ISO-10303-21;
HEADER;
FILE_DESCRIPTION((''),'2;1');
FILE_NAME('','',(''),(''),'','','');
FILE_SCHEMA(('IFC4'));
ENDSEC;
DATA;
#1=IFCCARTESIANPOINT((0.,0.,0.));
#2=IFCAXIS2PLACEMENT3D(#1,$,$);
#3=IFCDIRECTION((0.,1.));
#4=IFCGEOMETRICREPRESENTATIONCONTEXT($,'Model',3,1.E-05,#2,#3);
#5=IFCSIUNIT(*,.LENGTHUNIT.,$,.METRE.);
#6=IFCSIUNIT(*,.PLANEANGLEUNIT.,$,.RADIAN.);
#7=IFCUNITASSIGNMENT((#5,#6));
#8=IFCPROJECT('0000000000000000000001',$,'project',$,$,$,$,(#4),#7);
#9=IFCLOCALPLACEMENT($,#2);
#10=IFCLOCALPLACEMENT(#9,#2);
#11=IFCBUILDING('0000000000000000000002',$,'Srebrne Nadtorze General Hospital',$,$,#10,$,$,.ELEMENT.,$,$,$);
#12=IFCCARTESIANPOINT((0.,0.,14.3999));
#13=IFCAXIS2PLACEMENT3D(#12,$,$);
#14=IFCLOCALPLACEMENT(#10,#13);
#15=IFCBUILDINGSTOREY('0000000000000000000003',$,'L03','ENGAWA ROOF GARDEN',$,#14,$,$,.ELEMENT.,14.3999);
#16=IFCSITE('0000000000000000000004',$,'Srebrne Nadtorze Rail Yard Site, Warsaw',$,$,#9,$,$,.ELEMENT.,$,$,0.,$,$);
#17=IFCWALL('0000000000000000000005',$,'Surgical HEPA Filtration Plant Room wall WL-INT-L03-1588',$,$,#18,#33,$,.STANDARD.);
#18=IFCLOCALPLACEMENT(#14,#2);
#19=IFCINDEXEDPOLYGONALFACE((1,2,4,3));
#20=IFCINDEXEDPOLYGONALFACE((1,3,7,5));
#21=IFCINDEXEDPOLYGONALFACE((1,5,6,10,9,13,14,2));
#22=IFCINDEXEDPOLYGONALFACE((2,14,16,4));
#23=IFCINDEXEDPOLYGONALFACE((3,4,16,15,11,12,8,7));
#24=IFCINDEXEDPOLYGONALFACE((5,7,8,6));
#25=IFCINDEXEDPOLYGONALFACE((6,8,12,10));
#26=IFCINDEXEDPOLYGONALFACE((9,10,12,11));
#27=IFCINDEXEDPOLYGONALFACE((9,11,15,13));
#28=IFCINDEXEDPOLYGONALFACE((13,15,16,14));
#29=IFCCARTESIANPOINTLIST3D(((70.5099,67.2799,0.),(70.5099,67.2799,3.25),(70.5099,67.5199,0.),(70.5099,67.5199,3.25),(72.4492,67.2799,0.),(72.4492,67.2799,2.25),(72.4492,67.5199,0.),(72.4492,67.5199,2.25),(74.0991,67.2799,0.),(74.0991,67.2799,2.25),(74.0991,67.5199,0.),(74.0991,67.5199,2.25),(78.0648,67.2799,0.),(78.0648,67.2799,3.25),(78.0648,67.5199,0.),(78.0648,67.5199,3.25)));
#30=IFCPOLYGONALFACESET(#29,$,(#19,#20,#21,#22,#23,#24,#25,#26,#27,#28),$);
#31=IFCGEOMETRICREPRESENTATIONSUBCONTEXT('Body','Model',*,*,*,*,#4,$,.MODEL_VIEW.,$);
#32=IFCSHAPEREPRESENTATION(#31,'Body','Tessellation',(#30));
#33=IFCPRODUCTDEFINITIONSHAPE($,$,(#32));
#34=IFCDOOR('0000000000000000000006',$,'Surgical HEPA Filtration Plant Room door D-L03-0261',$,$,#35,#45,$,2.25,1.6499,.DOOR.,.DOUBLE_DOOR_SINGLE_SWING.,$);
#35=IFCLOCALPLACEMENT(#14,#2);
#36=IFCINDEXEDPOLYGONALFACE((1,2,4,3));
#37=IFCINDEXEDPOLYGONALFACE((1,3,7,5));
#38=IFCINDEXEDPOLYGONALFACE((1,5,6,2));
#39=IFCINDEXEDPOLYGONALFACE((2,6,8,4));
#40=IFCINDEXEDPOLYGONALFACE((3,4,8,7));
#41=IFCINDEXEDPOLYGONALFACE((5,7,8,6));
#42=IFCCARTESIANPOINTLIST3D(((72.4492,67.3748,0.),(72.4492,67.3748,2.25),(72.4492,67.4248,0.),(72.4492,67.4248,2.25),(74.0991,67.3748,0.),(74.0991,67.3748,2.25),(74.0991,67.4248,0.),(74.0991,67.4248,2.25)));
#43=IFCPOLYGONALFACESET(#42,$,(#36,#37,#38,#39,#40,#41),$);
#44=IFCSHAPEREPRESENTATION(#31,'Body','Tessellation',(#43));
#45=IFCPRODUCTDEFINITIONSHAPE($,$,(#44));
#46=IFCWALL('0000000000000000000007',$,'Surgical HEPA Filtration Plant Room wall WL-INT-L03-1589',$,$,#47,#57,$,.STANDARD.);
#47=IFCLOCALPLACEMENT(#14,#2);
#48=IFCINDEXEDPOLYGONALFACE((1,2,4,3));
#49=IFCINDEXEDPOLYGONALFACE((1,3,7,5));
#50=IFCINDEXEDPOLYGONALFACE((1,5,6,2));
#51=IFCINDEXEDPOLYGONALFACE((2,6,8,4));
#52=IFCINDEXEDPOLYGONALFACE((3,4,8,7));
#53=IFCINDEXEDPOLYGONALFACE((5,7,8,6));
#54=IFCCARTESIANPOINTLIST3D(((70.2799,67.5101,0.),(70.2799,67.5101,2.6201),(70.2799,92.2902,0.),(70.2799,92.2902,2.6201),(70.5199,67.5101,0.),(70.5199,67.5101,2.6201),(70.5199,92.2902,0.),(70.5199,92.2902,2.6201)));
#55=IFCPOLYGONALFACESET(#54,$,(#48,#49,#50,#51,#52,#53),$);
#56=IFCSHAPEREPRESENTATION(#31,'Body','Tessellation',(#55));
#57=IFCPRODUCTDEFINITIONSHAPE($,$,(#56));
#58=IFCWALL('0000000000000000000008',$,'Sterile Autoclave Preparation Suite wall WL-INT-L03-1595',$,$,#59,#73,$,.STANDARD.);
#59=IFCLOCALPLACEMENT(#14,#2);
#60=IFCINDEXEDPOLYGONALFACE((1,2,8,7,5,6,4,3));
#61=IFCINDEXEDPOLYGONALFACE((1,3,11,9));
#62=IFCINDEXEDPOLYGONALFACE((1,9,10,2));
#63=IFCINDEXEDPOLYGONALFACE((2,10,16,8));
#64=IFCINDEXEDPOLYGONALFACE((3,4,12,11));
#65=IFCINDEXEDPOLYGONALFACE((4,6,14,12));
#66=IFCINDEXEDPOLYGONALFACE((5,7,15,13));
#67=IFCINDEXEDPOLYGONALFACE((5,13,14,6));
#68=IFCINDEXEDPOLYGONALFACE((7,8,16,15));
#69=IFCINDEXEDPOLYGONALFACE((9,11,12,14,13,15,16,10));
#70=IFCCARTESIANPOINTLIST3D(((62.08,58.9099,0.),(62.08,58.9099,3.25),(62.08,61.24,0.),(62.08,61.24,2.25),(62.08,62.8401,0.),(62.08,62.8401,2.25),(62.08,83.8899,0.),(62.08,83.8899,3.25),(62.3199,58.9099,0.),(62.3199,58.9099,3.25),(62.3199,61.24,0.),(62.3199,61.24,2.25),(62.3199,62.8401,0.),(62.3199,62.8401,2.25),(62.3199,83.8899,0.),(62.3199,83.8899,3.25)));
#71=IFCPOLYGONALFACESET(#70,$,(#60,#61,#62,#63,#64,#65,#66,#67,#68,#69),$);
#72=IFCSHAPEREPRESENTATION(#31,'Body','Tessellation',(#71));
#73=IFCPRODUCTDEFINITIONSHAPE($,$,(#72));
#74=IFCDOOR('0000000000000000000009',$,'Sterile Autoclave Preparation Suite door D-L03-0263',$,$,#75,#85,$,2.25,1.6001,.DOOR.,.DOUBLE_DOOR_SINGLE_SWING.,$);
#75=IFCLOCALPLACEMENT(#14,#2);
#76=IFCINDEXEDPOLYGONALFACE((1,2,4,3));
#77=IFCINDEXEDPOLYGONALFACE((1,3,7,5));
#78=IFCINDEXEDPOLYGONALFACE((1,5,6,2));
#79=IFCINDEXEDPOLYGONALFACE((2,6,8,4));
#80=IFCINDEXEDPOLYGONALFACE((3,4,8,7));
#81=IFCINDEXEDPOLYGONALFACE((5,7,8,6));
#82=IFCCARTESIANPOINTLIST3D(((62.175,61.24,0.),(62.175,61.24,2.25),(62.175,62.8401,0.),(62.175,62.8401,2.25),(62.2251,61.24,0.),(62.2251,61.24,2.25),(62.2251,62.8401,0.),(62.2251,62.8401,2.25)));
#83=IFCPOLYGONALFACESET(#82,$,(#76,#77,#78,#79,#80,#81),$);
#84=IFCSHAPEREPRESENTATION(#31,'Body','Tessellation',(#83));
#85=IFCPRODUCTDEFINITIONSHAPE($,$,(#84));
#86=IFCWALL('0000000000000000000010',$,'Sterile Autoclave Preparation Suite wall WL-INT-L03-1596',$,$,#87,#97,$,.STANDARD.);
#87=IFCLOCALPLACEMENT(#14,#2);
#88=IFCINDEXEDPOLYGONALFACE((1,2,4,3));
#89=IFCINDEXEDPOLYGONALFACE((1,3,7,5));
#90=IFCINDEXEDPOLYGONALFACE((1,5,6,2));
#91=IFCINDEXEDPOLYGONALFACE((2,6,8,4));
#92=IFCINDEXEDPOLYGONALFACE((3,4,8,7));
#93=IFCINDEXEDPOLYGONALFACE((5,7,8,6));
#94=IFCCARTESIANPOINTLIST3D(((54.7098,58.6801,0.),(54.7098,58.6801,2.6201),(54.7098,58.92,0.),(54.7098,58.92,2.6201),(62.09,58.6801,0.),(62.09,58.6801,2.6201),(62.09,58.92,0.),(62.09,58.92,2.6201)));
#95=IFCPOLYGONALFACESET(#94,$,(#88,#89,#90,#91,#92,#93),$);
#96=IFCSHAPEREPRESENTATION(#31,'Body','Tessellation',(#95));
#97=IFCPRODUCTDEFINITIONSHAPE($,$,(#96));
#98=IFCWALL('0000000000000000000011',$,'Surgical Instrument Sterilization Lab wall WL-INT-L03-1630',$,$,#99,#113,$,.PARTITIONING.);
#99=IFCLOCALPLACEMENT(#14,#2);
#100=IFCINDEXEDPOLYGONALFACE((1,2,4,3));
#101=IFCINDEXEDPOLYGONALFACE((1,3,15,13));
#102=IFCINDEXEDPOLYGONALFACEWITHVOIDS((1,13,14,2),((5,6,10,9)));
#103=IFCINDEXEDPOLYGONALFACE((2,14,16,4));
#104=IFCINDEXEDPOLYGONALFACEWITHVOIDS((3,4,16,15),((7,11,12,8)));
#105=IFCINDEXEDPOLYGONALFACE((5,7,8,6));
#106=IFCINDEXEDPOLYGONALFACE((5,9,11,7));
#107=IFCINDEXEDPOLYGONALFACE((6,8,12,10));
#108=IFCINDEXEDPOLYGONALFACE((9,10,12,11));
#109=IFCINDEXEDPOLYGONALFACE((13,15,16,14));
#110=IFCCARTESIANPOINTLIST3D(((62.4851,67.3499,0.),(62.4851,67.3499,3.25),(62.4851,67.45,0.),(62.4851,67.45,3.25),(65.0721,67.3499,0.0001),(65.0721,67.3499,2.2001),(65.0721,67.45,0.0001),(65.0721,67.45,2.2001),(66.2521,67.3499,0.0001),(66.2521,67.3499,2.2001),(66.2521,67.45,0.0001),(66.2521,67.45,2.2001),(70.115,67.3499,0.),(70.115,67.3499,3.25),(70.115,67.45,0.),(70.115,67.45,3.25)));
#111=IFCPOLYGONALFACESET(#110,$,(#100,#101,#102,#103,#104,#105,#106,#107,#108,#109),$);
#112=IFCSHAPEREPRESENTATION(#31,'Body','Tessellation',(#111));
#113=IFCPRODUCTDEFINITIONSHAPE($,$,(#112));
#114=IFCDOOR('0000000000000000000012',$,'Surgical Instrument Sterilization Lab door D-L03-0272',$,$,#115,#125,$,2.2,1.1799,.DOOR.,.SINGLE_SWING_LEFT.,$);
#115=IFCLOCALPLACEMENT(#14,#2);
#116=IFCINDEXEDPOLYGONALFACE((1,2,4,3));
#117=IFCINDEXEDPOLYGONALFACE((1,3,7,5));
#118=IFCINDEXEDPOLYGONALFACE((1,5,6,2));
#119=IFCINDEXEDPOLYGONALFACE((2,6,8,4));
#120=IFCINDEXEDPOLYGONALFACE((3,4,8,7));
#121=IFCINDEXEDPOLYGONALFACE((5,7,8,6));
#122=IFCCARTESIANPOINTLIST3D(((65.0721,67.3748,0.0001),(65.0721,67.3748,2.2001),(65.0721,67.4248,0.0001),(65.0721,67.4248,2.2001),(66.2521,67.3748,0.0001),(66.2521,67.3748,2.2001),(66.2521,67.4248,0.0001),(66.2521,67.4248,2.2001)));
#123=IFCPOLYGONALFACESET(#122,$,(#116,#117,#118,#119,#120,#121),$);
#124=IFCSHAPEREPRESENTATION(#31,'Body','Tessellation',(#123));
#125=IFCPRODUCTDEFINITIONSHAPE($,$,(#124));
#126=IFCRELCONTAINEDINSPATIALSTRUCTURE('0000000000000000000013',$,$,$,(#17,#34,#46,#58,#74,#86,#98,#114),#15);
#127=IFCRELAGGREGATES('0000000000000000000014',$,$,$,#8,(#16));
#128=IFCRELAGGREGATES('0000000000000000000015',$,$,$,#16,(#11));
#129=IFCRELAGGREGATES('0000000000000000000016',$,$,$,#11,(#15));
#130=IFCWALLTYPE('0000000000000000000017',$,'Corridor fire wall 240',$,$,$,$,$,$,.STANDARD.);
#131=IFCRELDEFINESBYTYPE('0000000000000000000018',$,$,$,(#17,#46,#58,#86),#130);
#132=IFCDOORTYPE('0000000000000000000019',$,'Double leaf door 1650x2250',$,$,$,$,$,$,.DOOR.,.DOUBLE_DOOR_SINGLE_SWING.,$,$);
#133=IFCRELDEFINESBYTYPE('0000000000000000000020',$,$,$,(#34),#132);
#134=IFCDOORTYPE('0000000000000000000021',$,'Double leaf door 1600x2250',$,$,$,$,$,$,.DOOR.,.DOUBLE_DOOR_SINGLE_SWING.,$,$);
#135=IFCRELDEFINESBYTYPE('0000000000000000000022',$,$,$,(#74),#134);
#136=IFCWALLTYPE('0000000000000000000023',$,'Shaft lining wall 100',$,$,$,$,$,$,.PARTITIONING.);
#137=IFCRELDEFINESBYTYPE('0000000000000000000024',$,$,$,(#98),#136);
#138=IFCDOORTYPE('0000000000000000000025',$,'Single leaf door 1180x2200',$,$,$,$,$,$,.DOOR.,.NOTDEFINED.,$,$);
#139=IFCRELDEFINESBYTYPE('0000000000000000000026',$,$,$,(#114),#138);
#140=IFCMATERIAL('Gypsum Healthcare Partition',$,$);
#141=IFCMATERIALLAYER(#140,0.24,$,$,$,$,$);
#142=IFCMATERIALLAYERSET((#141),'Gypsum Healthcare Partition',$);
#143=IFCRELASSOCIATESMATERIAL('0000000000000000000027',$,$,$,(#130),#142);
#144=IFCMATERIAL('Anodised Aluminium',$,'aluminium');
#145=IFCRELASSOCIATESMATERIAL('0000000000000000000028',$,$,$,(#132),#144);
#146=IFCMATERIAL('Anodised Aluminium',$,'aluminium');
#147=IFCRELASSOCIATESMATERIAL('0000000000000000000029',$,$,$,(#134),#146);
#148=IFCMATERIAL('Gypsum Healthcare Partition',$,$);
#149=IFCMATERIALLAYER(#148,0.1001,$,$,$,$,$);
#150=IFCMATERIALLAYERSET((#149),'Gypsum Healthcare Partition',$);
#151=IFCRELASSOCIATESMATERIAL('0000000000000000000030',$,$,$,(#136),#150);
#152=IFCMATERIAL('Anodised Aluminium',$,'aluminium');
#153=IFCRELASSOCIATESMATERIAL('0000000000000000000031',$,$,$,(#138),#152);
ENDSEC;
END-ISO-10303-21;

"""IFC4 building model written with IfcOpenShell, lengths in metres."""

from ifc_helpers import new_model, si_unit, direction, frame, frame_2d, origin, place, context, subcontext, project, spatial, rectangle, extrude, material, layer, layer_set, type_object, element, fill, save


model = new_model("IFC4")

# Units and contexts
model_context = context("Model", 3, precision=1e-05, world=origin(), true_north=direction((0.0, 1.0)))
body_context = subcontext(model_context, "Body", "Model", "MODEL_VIEW")
ifc_project = project(units=[si_unit("LENGTHUNIT", "METRE"), si_unit("PLANEANGLEUNIT", "RADIAN")], contexts=[model_context])

# Site, building, storey
site_placement = place(None, origin())
site = spatial("IfcSite", under=ifc_project, at=site_placement, Name="Srebrne Nadtorze Rail Yard Site, Warsaw", CompositionType="ELEMENT", RefElevation=0.0)
building_placement = place(site_placement, origin())
building = spatial("IfcBuilding", under=site, at=building_placement, Name="Srebrne Nadtorze General Hospital", CompositionType="ELEMENT")
storey_placement = place(building_placement, frame((0.0, 0.0, 14.3999)))
storey = spatial("IfcBuildingStorey", under=building, at=storey_placement, Name="L03", Description="ENGAWA ROOF GARDEN", CompositionType="ELEMENT", Elevation=14.3999)

# Wall, opening, door
ifc_material_1 = material(Name="Gypsum Healthcare Partition")
ifc_layer_1 = layer(ifc_material_1, 0.24)
ifc_layer_set_1 = layer_set([ifc_layer_1], Name="Gypsum Healthcare Partition")
wall_type_1 = type_object("IfcWallType", Name="Corridor fire wall 240", PredefinedType="STANDARD", material=ifc_layer_set_1)
wall_1_placement = place(storey_placement, frame((70.51, 67.3999, 0.0), z_axis=(0.0, 0.0, 1.0), x_axis=(1.0, 0.0, 0.0)))
wall_1 = element("IfcWall", 1, at=wall_1_placement, inside=storey, type_object=wall_type_1, Name="Surgical HEPA Filtration Plant Room wall WL-INT-L03-1588", PredefinedType="STANDARD", context=body_context, shape_type="SweptSolid", body=[
    extrude(rectangle(XDim=7.5549, YDim=0.24, at=frame_2d((3.7773, 0.0))), origin(), (0.0, 0.0, 1.0), 3.25),
])
opening_1_placement = place(wall_1_placement, frame((1.9392, 0.0, 0.0)))
opening_1 = element("IfcOpeningElement", 2, at=opening_1_placement, cuts=wall_1, PredefinedType="OPENING", context=body_context, shape_type="SweptSolid", body=[
    extrude(rectangle(XDim=1.6499, YDim=2.25, at=frame_2d((0.825, 1.125))), frame((0.0, 0.1318, 0.0), z_axis=(0.0, -1.0, 0.0), x_axis=(1.0, 0.0, 0.0)), (0.0, 0.0, 1.0), 0.2639),
])
ifc_material_2 = material(Name="Anodised Aluminium", Category="aluminium")
door_type_1 = type_object("IfcDoorType", Name="Double leaf door 1650x2250", OperationType="DOUBLE_DOOR_SINGLE_SWING", PredefinedType="DOOR", material=ifc_material_2)
door_1_placement = place(opening_1_placement, origin())
door_1 = element("IfcDoor", 3, at=door_1_placement, inside=storey, type_object=door_type_1, Name="Surgical HEPA Filtration Plant Room door D-L03-0261", OperationType="DOUBLE_DOOR_SINGLE_SWING", OverallHeight=2.25, OverallWidth=1.6499, PredefinedType="DOOR", context=body_context, shape_type="SweptSolid", body=[
    extrude(rectangle(XDim=1.6499, YDim=2.25, at=frame_2d((0.825, 1.125))), frame((0.0, 0.0249, 0.0), z_axis=(0.0, -1.0, 0.0), x_axis=(1.0, 0.0, 0.0)), (0.0, 0.0, 1.0), 0.05),
])
fill(opening_1, door_1)

# Wall
wall_2_placement = place(storey_placement, frame((70.3999, 67.51, 0.0), z_axis=(0.0, 0.0, 1.0), x_axis=(0.0, 1.0, 0.0)))
element("IfcWall", 4, at=wall_2_placement, inside=storey, type_object=wall_type_1, Name="Surgical HEPA Filtration Plant Room wall WL-INT-L03-1589", PredefinedType="STANDARD", context=body_context, shape_type="SweptSolid", body=[
    extrude(rectangle(XDim=24.78, YDim=0.24, at=frame_2d((12.3901, 0.0))), origin(), (0.0, 0.0, 1.0), 2.6201),
])

# Wall, opening, door
wall_3_placement = place(storey_placement, frame((62.2, 58.9099, 0.0), z_axis=(0.0, 0.0, 1.0), x_axis=(0.0, 1.0, 0.0)))
wall_3 = element("IfcWall", 5, at=wall_3_placement, inside=storey, type_object=wall_type_1, Name="Sterile Autoclave Preparation Suite wall WL-INT-L03-1595", PredefinedType="STANDARD", context=body_context, shape_type="SweptSolid", body=[
    extrude(rectangle(XDim=24.98, YDim=0.24, at=frame_2d((12.49, 0.0))), origin(), (0.0, 0.0, 1.0), 3.25),
])
opening_2_placement = place(wall_3_placement, frame((2.3301, 0.0, 0.0)))
opening_2 = element("IfcOpeningElement", 6, at=opening_2_placement, cuts=wall_3, PredefinedType="OPENING", context=body_context, shape_type="SweptSolid", body=[
    extrude(rectangle(XDim=1.6001, YDim=2.25, at=frame_2d((0.8, 1.125))), frame((0.0, 0.1318, 0.0), z_axis=(0.0, -1.0, 0.0), x_axis=(1.0, 0.0, 0.0)), (0.0, 0.0, 1.0), 0.2639),
])
ifc_material_3 = material(Name="Anodised Aluminium", Category="aluminium")
door_type_2 = type_object("IfcDoorType", Name="Double leaf door 1600x2250", OperationType="DOUBLE_DOOR_SINGLE_SWING", PredefinedType="DOOR", material=ifc_material_3)
door_2_placement = place(opening_2_placement, origin())
door_2 = element("IfcDoor", 7, at=door_2_placement, inside=storey, type_object=door_type_2, Name="Sterile Autoclave Preparation Suite door D-L03-0263", OperationType="DOUBLE_DOOR_SINGLE_SWING", OverallHeight=2.25, OverallWidth=1.6001, PredefinedType="DOOR", context=body_context, shape_type="SweptSolid", body=[
    extrude(rectangle(XDim=1.6001, YDim=2.25, at=frame_2d((0.8, 1.125))), frame((0.0, 0.0249, 0.0), z_axis=(0.0, -1.0, 0.0), x_axis=(1.0, 0.0, 0.0)), (0.0, 0.0, 1.0), 0.05),
])
fill(opening_2, door_2)

# Wall
wall_4_placement = place(storey_placement, frame((54.71, 58.8, 0.0), z_axis=(0.0, 0.0, 1.0), x_axis=(1.0, 0.0, 0.0)))
element("IfcWall", 8, at=wall_4_placement, inside=storey, type_object=wall_type_1, Name="Sterile Autoclave Preparation Suite wall WL-INT-L03-1596", PredefinedType="STANDARD", context=body_context, shape_type="SweptSolid", body=[
    extrude(rectangle(XDim=7.3801, YDim=0.24, at=frame_2d((3.6899, 0.0))), origin(), (0.0, 0.0, 1.0), 2.6201),
])

# Wall, opening, door
ifc_material_4 = material(Name="Gypsum Healthcare Partition")
ifc_layer_2 = layer(ifc_material_4, 0.1001)
ifc_layer_set_2 = layer_set([ifc_layer_2], Name="Gypsum Healthcare Partition")
wall_type_2 = type_object("IfcWallType", Name="Shaft lining wall 100", PredefinedType="PARTITIONING", material=ifc_layer_set_2)
wall_5_placement = place(storey_placement, frame((62.4851, 67.3999, 0.0), z_axis=(0.0, 0.0, 1.0), x_axis=(1.0, 0.0, 0.0)))
wall_5 = element("IfcWall", 9, at=wall_5_placement, inside=storey, type_object=wall_type_2, Name="Surgical Instrument Sterilization Lab wall WL-INT-L03-1630", PredefinedType="PARTITIONING", context=body_context, shape_type="SweptSolid", body=[
    extrude(rectangle(XDim=7.6299, YDim=0.1001, at=frame_2d((3.8149, 0.0))), origin(), (0.0, 0.0, 1.0), 3.25),
])
opening_3_placement = place(wall_5_placement, frame((2.5872, 0.0, 0.0)))
opening_3 = element("IfcOpeningElement", 10, at=opening_3_placement, cuts=wall_5, PredefinedType="OPENING", context=body_context, shape_type="SweptSolid", body=[
    extrude(rectangle(XDim=1.1799, YDim=2.2, at=frame_2d((0.5898, 1.1001))), frame((0.0, 0.062, 0.0), z_axis=(0.0, -1.0, 0.0), x_axis=(1.0, 0.0, 0.0)), (0.0, 0.0, 1.0), 0.124),
])
ifc_material_5 = material(Name="Anodised Aluminium", Category="aluminium")
door_type_3 = type_object("IfcDoorType", Name="Single leaf door 1180x2200", OperationType="NOTDEFINED", PredefinedType="DOOR", material=ifc_material_5)
door_3_placement = place(opening_3_placement, origin())
door_3 = element("IfcDoor", 11, at=door_3_placement, inside=storey, type_object=door_type_3, Name="Surgical Instrument Sterilization Lab door D-L03-0272", OperationType="SINGLE_SWING_LEFT", OverallHeight=2.2, OverallWidth=1.1799, PredefinedType="DOOR", context=body_context, shape_type="SweptSolid", body=[
    extrude(rectangle(XDim=1.1799, YDim=2.2, at=frame_2d((0.5898, 1.1001))), frame((0.0, 0.0249, 0.0), z_axis=(0.0, -1.0, 0.0), x_axis=(1.0, 0.0, 0.0)), (0.0, 0.0, 1.0), 0.05),
])
fill(opening_3, door_3)

save(model, "model.ifc")
